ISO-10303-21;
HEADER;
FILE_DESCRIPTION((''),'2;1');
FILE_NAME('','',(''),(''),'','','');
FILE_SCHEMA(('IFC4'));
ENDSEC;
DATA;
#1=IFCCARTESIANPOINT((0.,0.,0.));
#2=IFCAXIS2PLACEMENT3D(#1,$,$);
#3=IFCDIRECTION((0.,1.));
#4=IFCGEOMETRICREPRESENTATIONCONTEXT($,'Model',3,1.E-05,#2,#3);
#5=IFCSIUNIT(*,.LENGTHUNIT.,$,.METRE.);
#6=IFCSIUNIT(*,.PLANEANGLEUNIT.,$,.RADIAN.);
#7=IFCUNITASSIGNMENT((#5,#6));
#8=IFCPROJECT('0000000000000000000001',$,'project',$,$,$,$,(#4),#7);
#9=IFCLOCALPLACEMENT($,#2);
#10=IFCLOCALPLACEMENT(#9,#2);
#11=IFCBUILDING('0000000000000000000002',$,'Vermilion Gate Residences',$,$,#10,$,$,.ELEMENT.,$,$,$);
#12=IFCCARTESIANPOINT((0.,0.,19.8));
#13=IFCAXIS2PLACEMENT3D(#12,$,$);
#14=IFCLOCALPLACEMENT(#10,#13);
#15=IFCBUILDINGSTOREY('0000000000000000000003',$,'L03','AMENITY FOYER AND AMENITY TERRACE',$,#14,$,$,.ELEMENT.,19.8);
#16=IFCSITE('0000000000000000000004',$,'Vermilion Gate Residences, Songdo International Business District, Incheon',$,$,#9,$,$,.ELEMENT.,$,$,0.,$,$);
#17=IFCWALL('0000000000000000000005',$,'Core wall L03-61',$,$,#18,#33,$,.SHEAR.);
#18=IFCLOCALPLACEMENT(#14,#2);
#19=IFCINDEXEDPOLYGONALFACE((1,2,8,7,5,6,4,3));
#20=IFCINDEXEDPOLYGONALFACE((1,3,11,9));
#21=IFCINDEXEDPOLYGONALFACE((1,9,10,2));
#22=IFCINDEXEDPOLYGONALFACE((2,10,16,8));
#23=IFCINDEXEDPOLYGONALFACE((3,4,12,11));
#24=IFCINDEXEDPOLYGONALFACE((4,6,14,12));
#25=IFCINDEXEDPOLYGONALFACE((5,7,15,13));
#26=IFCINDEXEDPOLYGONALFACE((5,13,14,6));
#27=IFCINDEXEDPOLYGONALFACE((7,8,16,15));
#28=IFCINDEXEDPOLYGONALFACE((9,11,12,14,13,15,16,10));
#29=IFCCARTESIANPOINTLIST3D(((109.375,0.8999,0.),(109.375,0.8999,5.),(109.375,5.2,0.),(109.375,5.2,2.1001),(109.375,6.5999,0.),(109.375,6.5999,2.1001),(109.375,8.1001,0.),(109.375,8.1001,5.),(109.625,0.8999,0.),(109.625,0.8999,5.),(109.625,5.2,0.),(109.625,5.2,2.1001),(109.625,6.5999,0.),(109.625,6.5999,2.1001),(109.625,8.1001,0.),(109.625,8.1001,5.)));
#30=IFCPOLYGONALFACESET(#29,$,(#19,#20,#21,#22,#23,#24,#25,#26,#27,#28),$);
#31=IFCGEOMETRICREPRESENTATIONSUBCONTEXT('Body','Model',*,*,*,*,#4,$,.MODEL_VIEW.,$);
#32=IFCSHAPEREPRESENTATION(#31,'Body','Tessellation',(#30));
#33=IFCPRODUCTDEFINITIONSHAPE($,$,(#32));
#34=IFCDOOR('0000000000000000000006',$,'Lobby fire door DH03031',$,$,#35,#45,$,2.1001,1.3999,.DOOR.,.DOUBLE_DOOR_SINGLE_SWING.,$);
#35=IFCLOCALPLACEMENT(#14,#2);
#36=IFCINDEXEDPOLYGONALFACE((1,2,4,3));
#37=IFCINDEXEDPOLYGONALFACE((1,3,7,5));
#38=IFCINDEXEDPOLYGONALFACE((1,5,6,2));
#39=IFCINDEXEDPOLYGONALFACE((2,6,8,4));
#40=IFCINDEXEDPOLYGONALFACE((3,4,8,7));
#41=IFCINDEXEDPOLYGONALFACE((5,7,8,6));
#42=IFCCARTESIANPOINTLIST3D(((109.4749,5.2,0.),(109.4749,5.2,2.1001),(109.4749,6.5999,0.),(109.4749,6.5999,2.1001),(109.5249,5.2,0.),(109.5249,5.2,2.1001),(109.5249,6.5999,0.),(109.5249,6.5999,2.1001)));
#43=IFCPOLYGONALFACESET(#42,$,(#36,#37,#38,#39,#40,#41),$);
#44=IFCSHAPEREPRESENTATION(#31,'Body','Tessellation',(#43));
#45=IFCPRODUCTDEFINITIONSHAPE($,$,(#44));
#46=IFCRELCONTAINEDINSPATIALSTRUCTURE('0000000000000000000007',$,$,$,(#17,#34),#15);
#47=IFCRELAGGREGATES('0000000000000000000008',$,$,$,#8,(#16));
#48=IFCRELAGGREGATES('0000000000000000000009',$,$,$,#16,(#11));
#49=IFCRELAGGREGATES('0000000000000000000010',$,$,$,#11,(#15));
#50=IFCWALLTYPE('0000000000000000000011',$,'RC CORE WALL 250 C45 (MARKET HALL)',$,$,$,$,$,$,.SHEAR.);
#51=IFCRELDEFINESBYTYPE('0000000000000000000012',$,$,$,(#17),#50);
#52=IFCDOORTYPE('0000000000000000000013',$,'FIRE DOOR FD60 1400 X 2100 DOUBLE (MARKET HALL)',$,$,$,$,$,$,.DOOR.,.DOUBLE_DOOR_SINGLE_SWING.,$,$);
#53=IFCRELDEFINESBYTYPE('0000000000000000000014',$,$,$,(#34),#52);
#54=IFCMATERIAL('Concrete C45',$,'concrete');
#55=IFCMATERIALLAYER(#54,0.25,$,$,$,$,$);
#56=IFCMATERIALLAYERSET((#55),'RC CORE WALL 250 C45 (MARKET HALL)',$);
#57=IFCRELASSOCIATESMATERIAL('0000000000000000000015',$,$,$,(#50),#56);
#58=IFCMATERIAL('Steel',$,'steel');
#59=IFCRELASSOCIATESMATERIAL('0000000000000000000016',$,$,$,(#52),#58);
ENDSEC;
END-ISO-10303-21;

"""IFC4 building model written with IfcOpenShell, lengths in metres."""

from ifc_helpers import new_model, si_unit, direction, frame, frame_2d, origin, place, context, subcontext, project, spatial, rectangle, extrude, material, layer, layer_set, type_object, element, fill, save


model = new_model("IFC4")

# Units and contexts
model_context = context("Model", 3, precision=1e-05, world=origin(), true_north=direction((0.0, 1.0)))
body_context = subcontext(model_context, "Body", "Model", "MODEL_VIEW")
ifc_project = project(units=[si_unit("LENGTHUNIT", "METRE"), si_unit("PLANEANGLEUNIT", "RADIAN")], contexts=[model_context])

# Site, building, storey
site_placement = place(None, origin())
site = spatial("IfcSite", under=ifc_project, at=site_placement, Name="Vermilion Gate Residences, Songdo International Business District, Incheon", CompositionType="ELEMENT", RefElevation=0.0)
building_placement = place(site_placement, origin())
building = spatial("IfcBuilding", under=site, at=building_placement, Name="Vermilion Gate Residences", CompositionType="ELEMENT")
storey_placement = place(building_placement, frame((0.0, 0.0, 19.8)))
storey = spatial("IfcBuildingStorey", under=building, at=storey_placement, Name="L03", Description="AMENITY FOYER AND AMENITY TERRACE", CompositionType="ELEMENT", Elevation=19.8)

# Shared definitions
ifc_material_1 = material(Name="Concrete C45", Category="concrete")
ifc_layer_1 = layer(ifc_material_1, 0.25)
ifc_layer_set_1 = layer_set([ifc_layer_1], Name="RC CORE WALL 250 C45 (MARKET HALL)")
wall_type_1 = type_object("IfcWallType", Name="RC CORE WALL 250 C45 (MARKET HALL)", PredefinedType="SHEAR", material=ifc_layer_set_1)

# Wall, opening, door
wall_1_placement = place(storey_placement, frame((109.5, 0.8999, 0.0), z_axis=(0.0, 0.0, 1.0), x_axis=(0.0, 1.0, 0.0)))
wall_1 = element("IfcWall", 1, at=wall_1_placement, inside=storey, type_object=wall_type_1, Name="Core wall L03-61", PredefinedType="SHEAR", context=body_context, shape_type="SweptSolid", body=[
    extrude(rectangle(XDim=7.2002, YDim=0.25, at=frame_2d((3.6001, 0.0))), origin(), (0.0, 0.0, 1.0), 5.0),
])
opening_1_placement = place(wall_1_placement, frame((4.3, 0.0, 0.0)))
opening_1 = element("IfcOpeningElement", 2, at=opening_1_placement, cuts=wall_1, PredefinedType="OPENING", context=body_context, shape_type="SweptSolid", body=[
    extrude(rectangle(XDim=1.3999, YDim=2.1001, at=frame_2d((0.7, 1.05))), frame((0.0, 0.135, 0.0), z_axis=(0.0, -1.0, 0.0), x_axis=(1.0, 0.0, 0.0)), (0.0, 0.0, 1.0), 0.27),
])
ifc_material_2 = material(Name="Steel", Category="steel")
door_type_1 = type_object("IfcDoorType", Name="FIRE DOOR FD60 1400 X 2100 DOUBLE (MARKET HALL)", OperationType="DOUBLE_DOOR_SINGLE_SWING", PredefinedType="DOOR", material=ifc_material_2)
door_1_placement = place(opening_1_placement, frame((1.3999, 0.0, 0.0), z_axis=(0.0, 0.0, 1.0), x_axis=(-1.0, 0.0, 0.0)))
door_1 = element("IfcDoor", 3, at=door_1_placement, inside=storey, type_object=door_type_1, Name="Lobby fire door DH03031", OperationType="DOUBLE_DOOR_SINGLE_SWING", OverallHeight=2.1001, OverallWidth=1.3999, PredefinedType="DOOR", context=body_context, shape_type="SweptSolid", body=[
    extrude(rectangle(XDim=1.3999, YDim=2.1001, at=frame_2d((0.7, 1.05))), frame((0.0, 0.0249, 0.0), z_axis=(0.0, -1.0, 0.0), x_axis=(1.0, 0.0, 0.0)), (0.0, 0.0, 1.0), 0.05),
])
fill(opening_1, door_1)

save(model, "model.ifc")
